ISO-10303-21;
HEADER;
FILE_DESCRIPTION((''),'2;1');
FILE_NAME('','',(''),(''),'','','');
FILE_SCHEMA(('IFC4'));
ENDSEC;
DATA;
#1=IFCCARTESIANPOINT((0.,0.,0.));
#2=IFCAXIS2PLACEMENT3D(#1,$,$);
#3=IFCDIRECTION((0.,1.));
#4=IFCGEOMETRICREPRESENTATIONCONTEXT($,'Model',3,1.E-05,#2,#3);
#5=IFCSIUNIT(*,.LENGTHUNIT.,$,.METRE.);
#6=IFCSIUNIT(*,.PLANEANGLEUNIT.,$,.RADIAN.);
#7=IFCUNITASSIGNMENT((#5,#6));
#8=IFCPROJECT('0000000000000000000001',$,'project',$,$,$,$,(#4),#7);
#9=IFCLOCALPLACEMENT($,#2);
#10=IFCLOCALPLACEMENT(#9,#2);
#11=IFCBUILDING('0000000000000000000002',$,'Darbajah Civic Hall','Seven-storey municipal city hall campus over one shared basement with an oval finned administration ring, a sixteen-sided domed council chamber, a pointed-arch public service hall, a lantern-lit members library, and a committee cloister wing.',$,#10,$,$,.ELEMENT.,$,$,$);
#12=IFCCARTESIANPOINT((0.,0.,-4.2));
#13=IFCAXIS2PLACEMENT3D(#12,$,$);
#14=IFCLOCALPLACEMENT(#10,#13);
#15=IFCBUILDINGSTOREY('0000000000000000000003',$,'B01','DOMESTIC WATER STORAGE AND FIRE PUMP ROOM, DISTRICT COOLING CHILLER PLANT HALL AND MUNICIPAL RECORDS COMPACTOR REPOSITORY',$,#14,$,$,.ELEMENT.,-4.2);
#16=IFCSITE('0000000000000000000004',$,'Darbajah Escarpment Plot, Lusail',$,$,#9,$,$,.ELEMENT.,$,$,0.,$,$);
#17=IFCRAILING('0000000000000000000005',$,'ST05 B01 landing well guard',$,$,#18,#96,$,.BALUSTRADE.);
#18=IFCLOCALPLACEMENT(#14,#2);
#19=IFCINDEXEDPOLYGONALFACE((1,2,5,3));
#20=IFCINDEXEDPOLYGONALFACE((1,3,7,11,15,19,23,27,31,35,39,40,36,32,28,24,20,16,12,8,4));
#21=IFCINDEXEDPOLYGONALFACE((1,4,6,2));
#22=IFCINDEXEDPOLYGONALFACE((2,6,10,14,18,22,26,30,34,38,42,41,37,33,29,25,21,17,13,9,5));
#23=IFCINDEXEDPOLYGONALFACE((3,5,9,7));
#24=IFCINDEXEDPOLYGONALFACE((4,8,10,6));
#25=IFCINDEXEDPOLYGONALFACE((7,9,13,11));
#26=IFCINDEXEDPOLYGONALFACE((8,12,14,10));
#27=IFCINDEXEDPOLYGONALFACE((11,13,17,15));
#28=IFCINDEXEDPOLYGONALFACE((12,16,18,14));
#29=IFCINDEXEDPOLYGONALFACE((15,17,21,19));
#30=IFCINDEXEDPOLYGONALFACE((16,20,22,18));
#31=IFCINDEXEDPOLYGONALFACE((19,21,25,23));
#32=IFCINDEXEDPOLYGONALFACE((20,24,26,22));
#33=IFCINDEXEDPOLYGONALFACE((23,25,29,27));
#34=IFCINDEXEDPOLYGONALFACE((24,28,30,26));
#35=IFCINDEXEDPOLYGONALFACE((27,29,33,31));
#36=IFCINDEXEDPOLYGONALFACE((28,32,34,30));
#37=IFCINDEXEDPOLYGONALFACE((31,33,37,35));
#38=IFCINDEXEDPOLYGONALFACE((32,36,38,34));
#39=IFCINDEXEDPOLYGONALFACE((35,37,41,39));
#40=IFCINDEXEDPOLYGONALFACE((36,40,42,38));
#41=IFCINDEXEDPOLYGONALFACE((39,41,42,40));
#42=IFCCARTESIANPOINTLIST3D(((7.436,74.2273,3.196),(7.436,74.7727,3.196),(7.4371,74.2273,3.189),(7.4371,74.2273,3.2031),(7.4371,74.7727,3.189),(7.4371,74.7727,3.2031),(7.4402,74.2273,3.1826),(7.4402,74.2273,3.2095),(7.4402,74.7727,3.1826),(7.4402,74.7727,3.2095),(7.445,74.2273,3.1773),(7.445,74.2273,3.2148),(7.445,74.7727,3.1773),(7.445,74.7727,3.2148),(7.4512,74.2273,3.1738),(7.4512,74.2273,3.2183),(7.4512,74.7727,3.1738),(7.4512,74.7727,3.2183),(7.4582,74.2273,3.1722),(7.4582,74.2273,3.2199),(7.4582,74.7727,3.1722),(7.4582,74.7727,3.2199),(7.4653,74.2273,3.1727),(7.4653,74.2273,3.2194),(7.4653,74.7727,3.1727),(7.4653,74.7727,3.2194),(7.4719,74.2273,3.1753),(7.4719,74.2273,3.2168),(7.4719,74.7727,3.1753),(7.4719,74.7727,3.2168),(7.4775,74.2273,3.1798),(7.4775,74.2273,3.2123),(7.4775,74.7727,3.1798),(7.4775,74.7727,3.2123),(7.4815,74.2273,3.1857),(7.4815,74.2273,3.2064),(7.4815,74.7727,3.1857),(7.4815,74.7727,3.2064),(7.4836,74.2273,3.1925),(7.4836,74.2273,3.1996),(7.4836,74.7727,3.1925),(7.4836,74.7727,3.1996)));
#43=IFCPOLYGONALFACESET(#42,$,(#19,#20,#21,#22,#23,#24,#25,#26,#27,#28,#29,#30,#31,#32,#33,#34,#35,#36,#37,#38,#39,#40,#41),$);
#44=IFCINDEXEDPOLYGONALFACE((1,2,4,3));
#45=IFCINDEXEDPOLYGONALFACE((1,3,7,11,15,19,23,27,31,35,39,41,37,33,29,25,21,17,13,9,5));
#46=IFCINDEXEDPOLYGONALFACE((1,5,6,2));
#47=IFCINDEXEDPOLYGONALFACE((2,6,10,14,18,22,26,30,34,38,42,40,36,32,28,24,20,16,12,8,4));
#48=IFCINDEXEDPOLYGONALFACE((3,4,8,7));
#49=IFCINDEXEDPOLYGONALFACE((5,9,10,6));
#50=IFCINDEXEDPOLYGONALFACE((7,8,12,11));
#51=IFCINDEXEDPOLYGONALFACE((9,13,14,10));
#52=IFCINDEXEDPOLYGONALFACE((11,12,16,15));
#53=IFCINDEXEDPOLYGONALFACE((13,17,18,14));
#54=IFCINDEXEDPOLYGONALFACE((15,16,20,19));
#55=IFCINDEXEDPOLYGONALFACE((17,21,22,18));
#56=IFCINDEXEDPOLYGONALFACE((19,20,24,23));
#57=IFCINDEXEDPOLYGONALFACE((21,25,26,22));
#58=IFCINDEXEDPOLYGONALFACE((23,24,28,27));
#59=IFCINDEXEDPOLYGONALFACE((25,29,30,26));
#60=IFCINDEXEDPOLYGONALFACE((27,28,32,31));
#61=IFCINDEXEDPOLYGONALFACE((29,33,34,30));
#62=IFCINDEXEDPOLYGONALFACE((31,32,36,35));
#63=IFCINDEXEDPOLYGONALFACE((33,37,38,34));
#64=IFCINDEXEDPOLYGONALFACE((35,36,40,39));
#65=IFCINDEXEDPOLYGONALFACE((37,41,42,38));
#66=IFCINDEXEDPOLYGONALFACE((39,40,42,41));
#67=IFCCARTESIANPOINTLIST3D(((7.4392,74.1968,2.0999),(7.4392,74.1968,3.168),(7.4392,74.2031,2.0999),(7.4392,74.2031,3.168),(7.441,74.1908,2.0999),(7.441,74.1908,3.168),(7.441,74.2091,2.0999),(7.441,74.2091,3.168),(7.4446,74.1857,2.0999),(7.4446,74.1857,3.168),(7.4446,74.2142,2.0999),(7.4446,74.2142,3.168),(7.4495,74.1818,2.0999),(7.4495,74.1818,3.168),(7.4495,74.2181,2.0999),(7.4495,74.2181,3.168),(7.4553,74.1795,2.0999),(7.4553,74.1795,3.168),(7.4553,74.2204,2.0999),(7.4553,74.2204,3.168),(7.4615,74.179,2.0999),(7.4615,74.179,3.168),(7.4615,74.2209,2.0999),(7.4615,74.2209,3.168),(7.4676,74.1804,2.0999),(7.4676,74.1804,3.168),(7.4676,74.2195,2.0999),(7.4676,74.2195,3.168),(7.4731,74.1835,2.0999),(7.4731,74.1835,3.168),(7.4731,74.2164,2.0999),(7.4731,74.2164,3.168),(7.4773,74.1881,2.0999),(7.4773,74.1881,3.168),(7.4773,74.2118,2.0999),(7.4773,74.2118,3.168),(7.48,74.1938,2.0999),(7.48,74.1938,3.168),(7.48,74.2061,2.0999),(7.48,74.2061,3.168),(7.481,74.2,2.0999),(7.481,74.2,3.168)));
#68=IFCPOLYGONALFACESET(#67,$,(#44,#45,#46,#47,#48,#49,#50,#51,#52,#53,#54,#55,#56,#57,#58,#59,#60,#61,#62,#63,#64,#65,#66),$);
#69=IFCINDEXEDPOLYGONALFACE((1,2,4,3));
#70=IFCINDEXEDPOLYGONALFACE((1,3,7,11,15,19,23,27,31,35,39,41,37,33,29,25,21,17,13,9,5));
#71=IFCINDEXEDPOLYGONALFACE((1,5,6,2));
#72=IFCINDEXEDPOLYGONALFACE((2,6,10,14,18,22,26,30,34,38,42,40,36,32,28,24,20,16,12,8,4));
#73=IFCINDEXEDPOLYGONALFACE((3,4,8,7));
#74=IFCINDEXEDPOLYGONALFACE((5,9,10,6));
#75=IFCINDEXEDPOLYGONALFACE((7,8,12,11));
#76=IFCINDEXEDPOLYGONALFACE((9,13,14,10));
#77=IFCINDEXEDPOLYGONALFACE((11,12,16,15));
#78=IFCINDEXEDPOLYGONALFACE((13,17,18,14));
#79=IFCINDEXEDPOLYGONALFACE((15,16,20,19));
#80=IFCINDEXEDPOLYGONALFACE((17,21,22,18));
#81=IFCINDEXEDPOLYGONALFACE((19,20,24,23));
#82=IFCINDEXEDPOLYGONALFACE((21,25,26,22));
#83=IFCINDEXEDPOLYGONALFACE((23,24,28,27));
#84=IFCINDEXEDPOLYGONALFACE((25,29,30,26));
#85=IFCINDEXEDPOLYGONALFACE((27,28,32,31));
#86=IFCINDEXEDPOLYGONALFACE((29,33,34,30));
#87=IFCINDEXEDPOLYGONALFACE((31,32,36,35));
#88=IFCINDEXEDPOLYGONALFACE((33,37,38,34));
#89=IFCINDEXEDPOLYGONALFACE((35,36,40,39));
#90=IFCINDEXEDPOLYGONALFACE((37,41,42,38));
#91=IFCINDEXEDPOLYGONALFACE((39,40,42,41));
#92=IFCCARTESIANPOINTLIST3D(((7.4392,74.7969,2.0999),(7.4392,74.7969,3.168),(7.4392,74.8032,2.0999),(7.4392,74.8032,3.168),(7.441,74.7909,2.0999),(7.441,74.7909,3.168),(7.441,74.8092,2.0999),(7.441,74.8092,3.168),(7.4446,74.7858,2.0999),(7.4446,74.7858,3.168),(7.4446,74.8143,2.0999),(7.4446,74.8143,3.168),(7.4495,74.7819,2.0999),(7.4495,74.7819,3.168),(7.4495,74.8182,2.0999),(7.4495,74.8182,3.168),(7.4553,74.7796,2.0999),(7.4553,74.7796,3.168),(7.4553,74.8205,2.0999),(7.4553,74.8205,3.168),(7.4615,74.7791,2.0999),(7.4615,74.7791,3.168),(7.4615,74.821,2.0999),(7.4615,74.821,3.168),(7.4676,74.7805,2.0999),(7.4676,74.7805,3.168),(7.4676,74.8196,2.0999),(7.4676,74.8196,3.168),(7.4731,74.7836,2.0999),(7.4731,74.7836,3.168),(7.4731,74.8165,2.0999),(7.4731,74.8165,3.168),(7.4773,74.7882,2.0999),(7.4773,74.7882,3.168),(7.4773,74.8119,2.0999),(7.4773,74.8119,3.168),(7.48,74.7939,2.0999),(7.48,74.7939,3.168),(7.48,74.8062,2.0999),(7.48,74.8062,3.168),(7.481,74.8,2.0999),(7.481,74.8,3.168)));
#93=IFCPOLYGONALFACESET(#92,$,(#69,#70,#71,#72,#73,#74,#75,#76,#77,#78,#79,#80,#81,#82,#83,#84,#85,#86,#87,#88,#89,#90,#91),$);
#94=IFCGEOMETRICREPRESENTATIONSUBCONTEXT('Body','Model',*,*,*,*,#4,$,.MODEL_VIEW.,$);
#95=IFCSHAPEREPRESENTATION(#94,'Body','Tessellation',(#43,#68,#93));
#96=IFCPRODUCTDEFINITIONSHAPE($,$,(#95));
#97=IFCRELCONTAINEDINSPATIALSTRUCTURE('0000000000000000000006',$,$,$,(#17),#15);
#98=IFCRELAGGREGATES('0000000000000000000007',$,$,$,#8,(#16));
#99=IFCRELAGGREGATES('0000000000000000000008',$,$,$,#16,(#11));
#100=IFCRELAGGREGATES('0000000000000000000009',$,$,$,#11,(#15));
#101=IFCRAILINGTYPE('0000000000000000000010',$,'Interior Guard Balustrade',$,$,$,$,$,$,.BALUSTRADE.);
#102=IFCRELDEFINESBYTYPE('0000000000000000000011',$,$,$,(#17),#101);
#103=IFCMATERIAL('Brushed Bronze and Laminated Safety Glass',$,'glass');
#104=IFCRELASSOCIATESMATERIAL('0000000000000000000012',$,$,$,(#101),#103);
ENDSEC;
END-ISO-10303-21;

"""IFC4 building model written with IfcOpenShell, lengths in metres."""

from ifc_helpers import new_model, si_unit, direction, frame, origin, origin_2d, place, context, subcontext, project, spatial, circle, extrude, material, type_object, element, save


model = new_model("IFC4")

# Units and contexts
model_context = context("Model", 3, precision=1e-05, world=origin(), true_north=direction((0.0, 1.0)))
body_context = subcontext(model_context, "Body", "Model", "MODEL_VIEW")
ifc_project = project(units=[si_unit("LENGTHUNIT", "METRE"), si_unit("PLANEANGLEUNIT", "RADIAN")], contexts=[model_context])

# Site, building, storey
site_placement = place(None, origin())
site = spatial("IfcSite", under=ifc_project, at=site_placement, Name="Darbajah Escarpment Plot, Lusail", CompositionType="ELEMENT", RefElevation=0.0)
building_placement = place(site_placement, origin())
building = spatial("IfcBuilding", under=site, at=building_placement, Name="Darbajah Civic Hall", Description="Seven-storey municipal city hall campus over one shared basement with an oval finned administration ring, a sixteen-sided domed council chamber, a pointed-arch public service hall, a lantern-lit members library, and a committee cloister wing.", CompositionType="ELEMENT")
storey_placement = place(building_placement, frame((0.0, 0.0, -4.2)))
storey = spatial("IfcBuildingStorey", under=building, at=storey_placement, Name="B01", Description="DOMESTIC WATER STORAGE AND FIRE PUMP ROOM, DISTRICT COOLING CHILLER PLANT HALL AND MUNICIPAL RECORDS COMPACTOR REPOSITORY", CompositionType="ELEMENT", Elevation=-4.2)

# Railing
ifc_material_1 = material(Name="Brushed Bronze and Laminated Safety Glass", Category="glass")
railing_type_1 = type_object("IfcRailingType", Name="Interior Guard Balustrade", PredefinedType="BALUSTRADE", material=ifc_material_1)
railing_1_placement = place(storey_placement, frame((7.46, 74.2, 2.0999)))
element("IfcRailing", 1, at=railing_1_placement, inside=storey, type_object=railing_type_1, Name="ST05 B01 landing well guard", PredefinedType="BALUSTRADE", context=body_context, shape_type="SweptSolid", body=[
    extrude(circle(Radius=0.0239, at=origin_2d()), frame((0.0, 0.0273, 1.0962), z_axis=(0.0, 1.0, 0.0), x_axis=(-1.0, 0.0, 0.0)), (0.0, 0.0, 1.0), 0.5454),
    extrude(circle(Radius=0.021, at=origin_2d()), origin(), (0.0, 0.0, 1.0), 1.0681),
    extrude(circle(Radius=0.021, at=origin_2d()), frame((0.0, 0.6001, 0.0)), (0.0, 0.0, 1.0), 1.0681),
])

save(model, "model.ifc")
